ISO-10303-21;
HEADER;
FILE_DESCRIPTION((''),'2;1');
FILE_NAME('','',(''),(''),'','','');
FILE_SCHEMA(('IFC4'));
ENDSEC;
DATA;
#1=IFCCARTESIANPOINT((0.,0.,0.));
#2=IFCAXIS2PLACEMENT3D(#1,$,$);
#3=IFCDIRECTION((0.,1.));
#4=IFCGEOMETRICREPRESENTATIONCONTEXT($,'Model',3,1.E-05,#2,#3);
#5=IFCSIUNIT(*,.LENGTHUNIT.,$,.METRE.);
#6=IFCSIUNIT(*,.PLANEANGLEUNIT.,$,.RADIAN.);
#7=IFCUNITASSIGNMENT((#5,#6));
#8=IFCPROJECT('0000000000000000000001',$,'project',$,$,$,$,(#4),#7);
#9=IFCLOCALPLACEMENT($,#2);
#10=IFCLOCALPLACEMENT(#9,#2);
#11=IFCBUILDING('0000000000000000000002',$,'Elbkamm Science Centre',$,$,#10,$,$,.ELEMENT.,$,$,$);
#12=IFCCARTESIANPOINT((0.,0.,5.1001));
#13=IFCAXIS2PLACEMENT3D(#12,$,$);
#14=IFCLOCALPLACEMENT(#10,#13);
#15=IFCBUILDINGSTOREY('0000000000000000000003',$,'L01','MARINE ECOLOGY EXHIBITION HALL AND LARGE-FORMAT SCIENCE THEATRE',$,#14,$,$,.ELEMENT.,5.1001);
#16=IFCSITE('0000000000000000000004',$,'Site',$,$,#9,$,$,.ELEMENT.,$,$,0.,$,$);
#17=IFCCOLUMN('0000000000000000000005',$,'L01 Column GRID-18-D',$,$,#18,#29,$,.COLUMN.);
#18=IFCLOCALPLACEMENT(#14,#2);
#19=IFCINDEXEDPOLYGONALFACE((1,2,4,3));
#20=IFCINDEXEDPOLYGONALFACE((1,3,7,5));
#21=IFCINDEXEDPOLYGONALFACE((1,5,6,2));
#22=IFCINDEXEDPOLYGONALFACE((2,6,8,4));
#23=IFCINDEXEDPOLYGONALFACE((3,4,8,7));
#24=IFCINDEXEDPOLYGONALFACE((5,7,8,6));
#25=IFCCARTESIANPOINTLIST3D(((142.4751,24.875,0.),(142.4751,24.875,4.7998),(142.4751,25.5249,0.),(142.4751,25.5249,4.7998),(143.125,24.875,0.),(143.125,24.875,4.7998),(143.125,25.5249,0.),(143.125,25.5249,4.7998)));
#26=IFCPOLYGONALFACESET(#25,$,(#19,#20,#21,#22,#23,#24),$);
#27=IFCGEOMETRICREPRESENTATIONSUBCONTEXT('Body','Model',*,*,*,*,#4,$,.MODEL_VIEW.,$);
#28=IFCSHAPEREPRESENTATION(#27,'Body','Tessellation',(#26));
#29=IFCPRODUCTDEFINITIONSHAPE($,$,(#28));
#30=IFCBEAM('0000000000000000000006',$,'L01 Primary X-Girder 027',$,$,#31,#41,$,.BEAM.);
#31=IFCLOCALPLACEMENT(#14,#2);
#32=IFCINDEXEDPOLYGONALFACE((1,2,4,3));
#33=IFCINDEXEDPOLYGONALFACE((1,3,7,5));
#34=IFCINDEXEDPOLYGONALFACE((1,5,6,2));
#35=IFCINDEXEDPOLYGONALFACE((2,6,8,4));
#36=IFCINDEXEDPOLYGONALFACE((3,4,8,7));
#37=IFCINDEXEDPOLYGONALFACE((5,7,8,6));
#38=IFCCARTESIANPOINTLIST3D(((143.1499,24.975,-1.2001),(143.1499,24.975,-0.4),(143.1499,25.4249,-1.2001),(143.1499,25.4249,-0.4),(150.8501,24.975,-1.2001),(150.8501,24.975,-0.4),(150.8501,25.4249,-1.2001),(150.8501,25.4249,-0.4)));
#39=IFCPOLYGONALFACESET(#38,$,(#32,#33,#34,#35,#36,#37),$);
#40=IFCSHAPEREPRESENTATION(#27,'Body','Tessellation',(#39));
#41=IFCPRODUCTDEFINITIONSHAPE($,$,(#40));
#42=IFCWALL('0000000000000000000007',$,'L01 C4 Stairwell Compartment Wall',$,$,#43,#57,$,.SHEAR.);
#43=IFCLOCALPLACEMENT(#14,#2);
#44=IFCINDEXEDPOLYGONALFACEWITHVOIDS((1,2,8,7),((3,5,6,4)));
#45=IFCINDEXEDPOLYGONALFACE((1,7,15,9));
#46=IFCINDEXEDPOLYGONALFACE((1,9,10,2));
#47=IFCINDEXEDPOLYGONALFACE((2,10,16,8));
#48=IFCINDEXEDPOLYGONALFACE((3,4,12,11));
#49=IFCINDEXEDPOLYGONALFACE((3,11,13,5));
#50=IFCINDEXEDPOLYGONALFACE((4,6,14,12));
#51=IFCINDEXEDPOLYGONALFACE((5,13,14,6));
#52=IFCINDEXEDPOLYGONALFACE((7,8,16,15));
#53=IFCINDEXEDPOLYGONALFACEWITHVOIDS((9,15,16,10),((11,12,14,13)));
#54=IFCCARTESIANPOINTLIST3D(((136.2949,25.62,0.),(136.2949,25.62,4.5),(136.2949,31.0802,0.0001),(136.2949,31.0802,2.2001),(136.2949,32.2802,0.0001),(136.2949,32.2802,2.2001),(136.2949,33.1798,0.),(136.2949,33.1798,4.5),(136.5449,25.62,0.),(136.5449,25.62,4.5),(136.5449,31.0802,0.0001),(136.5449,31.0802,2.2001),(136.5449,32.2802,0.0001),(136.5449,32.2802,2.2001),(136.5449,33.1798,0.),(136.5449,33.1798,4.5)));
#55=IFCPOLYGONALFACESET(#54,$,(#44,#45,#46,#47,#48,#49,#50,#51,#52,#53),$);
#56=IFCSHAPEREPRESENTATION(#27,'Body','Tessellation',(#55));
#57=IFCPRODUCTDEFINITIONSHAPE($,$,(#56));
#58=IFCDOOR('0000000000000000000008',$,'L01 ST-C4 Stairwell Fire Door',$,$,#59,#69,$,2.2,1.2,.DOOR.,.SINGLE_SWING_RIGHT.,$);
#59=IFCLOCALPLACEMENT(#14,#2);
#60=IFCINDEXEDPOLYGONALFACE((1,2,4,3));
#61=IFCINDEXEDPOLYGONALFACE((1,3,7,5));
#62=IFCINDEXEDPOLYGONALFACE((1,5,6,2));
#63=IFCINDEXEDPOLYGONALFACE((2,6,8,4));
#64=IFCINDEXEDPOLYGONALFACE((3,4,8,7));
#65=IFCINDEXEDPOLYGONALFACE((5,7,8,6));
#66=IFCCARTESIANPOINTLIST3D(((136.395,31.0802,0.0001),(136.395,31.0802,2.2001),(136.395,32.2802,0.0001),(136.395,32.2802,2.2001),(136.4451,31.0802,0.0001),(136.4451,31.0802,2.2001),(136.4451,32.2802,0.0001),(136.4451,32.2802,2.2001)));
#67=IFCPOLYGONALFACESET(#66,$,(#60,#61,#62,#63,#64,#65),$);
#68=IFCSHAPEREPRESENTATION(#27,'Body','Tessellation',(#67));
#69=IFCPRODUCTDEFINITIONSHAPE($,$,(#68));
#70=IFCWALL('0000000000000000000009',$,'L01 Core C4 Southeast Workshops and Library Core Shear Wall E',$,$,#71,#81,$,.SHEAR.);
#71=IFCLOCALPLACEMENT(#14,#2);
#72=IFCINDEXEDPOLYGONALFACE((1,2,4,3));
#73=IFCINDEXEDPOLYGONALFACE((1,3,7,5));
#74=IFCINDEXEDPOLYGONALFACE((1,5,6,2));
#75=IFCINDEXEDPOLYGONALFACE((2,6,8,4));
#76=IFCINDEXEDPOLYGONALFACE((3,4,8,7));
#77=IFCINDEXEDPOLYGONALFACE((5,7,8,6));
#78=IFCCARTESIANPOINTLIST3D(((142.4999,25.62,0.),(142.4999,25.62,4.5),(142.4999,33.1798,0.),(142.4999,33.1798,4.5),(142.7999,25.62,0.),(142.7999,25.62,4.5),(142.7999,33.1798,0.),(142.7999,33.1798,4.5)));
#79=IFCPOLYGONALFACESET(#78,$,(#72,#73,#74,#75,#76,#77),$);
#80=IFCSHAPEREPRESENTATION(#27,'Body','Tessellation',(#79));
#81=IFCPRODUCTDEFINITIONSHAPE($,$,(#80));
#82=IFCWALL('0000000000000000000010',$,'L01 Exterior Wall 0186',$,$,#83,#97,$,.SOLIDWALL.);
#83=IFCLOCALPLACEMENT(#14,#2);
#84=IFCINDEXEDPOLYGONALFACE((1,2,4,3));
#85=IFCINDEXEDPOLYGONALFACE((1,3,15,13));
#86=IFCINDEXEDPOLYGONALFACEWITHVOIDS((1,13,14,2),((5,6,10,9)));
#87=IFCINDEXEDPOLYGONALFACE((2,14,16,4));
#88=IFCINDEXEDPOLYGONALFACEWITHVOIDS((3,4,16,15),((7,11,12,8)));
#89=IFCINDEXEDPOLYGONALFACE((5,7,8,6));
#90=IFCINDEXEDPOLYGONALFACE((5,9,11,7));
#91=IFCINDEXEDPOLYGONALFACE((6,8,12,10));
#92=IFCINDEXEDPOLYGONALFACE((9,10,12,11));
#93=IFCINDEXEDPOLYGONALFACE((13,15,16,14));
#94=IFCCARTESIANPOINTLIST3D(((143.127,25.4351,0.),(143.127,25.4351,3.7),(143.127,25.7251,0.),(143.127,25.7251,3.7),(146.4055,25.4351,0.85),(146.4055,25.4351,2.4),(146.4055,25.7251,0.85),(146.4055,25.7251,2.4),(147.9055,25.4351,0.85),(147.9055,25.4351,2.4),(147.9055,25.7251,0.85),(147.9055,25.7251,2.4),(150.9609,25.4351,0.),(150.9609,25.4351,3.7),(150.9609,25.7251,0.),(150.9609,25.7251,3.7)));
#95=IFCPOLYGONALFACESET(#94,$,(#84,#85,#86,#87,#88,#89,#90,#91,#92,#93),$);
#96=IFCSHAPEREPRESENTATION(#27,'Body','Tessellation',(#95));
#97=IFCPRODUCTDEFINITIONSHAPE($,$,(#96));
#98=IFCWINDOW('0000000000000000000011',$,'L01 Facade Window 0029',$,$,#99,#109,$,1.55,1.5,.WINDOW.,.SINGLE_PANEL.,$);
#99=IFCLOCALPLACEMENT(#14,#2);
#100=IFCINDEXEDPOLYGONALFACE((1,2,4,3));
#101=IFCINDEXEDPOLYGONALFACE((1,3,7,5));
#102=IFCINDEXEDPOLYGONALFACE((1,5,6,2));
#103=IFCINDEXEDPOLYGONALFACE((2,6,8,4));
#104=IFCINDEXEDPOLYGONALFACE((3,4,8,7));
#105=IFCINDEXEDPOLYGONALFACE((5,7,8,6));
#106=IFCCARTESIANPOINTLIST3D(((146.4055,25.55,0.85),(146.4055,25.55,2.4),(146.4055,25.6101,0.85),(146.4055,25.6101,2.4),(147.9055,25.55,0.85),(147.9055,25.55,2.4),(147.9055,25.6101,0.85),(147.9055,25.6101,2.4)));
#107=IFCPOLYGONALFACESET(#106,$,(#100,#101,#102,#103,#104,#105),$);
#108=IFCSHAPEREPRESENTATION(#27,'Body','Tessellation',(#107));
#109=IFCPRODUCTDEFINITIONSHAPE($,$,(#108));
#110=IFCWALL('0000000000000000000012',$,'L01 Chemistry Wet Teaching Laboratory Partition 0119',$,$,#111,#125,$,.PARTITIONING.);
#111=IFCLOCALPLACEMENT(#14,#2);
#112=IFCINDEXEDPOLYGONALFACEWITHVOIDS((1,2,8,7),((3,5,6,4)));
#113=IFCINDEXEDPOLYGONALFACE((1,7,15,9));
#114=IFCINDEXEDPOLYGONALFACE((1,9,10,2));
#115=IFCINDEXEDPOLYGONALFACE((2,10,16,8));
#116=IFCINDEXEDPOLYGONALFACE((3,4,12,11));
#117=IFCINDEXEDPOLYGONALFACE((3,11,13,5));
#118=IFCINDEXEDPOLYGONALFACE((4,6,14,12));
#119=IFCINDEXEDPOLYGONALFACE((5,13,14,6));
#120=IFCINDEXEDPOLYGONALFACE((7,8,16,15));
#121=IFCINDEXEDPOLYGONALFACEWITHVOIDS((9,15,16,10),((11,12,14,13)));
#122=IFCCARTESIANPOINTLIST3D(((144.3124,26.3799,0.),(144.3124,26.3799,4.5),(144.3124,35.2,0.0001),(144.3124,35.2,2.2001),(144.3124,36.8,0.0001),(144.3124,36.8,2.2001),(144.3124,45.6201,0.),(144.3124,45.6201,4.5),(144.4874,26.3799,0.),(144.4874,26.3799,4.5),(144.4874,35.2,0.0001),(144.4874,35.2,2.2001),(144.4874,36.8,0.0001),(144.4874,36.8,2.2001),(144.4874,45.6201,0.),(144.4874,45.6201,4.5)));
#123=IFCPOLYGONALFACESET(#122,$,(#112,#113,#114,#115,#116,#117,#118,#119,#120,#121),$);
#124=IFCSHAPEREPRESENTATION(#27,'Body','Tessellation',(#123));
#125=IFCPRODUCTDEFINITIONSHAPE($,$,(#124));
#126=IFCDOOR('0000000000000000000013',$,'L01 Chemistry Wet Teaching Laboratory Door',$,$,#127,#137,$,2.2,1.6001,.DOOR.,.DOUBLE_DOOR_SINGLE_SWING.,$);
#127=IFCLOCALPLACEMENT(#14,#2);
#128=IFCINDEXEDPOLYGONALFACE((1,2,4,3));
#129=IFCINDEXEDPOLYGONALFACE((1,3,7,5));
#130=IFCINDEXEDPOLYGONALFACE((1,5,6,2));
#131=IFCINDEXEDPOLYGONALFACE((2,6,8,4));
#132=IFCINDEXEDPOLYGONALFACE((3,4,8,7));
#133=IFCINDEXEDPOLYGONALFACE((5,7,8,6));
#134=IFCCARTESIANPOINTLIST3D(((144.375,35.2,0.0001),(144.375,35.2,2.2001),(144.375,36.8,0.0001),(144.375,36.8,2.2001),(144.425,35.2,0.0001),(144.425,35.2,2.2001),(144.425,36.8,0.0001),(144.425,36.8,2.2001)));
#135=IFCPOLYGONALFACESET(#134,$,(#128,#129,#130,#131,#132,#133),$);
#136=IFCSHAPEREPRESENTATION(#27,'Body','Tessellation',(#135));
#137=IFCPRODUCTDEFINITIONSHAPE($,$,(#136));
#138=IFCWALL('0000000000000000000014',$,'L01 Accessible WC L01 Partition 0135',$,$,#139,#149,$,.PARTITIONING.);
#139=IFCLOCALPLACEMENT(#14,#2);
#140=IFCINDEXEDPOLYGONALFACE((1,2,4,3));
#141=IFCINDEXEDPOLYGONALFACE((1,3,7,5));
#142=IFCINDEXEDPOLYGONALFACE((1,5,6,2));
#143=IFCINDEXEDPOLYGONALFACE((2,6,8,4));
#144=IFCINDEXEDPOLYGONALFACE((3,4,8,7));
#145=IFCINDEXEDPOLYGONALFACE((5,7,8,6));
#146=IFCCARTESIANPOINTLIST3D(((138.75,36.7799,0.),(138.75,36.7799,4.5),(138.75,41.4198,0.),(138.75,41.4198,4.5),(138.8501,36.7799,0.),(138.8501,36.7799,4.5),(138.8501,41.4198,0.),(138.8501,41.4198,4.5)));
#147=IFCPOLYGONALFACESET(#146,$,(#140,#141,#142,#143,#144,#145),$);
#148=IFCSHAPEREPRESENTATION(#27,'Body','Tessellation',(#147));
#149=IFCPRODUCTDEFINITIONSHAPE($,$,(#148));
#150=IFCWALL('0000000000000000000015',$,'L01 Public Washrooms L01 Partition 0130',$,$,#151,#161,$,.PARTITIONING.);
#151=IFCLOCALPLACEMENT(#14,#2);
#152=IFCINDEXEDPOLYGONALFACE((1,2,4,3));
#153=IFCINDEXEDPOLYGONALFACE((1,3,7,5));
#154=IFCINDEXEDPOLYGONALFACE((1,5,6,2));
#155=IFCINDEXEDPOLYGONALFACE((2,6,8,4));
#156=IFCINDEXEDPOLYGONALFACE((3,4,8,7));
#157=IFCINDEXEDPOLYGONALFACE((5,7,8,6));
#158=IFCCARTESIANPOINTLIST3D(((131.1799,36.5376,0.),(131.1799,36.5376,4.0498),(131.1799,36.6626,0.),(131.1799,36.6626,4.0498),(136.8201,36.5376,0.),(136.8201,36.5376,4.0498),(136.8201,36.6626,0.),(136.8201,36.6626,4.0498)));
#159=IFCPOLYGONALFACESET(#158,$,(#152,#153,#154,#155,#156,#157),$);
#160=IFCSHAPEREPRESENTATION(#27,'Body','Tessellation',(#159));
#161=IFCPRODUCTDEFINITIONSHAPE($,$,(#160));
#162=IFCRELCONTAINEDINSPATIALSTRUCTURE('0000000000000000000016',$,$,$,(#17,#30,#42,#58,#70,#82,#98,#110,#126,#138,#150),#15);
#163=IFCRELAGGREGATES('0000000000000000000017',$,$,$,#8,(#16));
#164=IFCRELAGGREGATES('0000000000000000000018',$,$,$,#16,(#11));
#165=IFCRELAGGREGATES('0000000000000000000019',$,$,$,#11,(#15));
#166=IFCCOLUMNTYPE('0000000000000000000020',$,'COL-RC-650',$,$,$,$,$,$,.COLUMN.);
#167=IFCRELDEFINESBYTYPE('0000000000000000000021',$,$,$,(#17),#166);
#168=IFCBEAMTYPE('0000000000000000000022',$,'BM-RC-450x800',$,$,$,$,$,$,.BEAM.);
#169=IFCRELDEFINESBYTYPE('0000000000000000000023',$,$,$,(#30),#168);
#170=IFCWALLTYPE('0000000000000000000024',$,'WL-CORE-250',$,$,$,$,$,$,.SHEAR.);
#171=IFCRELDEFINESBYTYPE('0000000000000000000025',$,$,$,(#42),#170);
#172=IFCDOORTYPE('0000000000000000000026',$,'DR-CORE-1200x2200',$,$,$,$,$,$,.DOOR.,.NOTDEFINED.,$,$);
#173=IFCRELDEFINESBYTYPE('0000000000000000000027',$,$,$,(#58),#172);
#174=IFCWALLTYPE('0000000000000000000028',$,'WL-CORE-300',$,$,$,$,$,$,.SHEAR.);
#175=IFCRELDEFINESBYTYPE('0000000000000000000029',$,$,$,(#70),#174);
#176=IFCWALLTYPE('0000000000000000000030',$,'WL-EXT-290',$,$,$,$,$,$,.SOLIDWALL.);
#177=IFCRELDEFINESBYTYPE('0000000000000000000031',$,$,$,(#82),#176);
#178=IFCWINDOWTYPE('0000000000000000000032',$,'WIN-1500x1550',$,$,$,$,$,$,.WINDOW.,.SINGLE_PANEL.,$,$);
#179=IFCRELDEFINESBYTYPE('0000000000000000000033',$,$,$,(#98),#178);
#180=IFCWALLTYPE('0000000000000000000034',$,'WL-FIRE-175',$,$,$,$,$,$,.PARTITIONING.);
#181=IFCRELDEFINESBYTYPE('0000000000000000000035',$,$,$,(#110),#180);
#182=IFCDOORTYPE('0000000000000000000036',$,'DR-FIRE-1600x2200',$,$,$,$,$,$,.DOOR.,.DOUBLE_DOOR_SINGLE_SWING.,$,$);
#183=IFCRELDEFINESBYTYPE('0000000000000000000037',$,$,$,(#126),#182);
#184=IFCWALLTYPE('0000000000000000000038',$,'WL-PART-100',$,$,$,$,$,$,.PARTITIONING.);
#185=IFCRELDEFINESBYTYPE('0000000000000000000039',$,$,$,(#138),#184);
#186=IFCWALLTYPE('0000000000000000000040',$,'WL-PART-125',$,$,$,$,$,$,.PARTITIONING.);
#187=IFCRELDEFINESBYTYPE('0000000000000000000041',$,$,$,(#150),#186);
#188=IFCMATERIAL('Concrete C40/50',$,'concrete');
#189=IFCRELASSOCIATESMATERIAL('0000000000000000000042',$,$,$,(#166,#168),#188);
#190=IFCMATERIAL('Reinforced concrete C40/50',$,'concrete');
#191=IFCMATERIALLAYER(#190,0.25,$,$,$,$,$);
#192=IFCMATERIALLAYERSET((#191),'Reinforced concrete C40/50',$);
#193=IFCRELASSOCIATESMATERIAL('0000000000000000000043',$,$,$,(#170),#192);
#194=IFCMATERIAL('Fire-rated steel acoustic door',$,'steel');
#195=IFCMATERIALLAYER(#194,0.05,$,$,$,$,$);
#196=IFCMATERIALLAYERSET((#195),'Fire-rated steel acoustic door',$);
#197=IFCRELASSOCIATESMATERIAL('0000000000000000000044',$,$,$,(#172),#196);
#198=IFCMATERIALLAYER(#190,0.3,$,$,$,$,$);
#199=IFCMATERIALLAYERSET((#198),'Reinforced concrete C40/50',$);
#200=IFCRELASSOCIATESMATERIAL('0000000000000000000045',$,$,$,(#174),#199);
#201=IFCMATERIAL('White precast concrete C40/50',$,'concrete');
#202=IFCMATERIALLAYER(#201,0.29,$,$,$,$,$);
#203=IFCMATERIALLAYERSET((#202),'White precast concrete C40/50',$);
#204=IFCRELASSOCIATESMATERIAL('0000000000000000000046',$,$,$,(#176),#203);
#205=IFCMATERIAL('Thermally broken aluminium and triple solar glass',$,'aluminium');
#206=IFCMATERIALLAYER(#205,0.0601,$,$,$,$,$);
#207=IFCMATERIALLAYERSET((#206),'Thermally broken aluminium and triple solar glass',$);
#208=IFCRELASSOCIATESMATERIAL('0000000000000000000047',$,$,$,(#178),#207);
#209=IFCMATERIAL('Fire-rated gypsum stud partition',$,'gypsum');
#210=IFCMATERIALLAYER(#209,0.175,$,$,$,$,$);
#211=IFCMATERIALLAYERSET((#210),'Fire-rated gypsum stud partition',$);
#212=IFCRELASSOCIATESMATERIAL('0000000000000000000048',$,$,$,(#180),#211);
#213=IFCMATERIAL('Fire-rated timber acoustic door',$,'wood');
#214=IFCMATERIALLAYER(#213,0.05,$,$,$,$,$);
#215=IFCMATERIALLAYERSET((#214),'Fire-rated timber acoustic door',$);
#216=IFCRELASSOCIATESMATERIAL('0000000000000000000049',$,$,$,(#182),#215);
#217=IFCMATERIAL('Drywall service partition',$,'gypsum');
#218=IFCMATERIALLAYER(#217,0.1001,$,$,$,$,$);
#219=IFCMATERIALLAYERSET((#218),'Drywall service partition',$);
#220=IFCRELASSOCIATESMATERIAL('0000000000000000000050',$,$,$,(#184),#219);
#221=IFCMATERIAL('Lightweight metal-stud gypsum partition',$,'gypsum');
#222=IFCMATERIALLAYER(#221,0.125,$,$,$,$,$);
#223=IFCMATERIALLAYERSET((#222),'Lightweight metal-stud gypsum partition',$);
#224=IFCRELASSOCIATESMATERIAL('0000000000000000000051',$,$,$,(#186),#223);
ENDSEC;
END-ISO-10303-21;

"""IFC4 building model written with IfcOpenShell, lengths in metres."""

from ifc_helpers import new_model, si_unit, direction, frame, frame_2d, origin, origin_2d, place, context, subcontext, project, spatial, rectangle, extrude, material, layer, layer_set, material_profile, profile_set, type_object, element, fill, save


model = new_model("IFC4")

# Units and contexts
model_context = context("Model", 3, precision=1e-05, world=origin(), true_north=direction((0.0, 1.0)))
body_context = subcontext(model_context, "Body", "Model", "MODEL_VIEW")
ifc_project = project(units=[si_unit("LENGTHUNIT", "METRE"), si_unit("PLANEANGLEUNIT", "RADIAN")], contexts=[model_context])

# Site, building, storey
site_placement = place(None, origin())
site = spatial("IfcSite", under=ifc_project, at=site_placement, Name="Site", CompositionType="ELEMENT", RefElevation=0.0)
building_placement = place(site_placement, origin())
building = spatial("IfcBuilding", under=site, at=building_placement, Name="Elbkamm Science Centre", CompositionType="ELEMENT")
storey_placement = place(building_placement, frame((0.0, 0.0, 5.1001)))
storey = spatial("IfcBuildingStorey", under=building, at=storey_placement, Name="L01", Description="MARINE ECOLOGY EXHIBITION HALL AND LARGE-FORMAT SCIENCE THEATRE", CompositionType="ELEMENT", Elevation=5.1001)

# Column
ifc_material_1 = material(Name="Concrete C40/50", Category="concrete")
ifc_material_profile_1 = material_profile(ifc_material_1, rectangle(XDim=0.6499, YDim=0.6499, at=origin_2d()), Name="RC 650x650")
ifc_profile_set_1 = profile_set([ifc_material_profile_1], Name="Concrete C40/50")
column_type = type_object("IfcColumnType", Name="COL-RC-650", PredefinedType="COLUMN", material=ifc_profile_set_1)
column_placement = place(storey_placement, frame((142.8, 25.2, 0.0), z_axis=(0.0, 0.0, 1.0), x_axis=(1.0, 0.0, 0.0)))
element("IfcColumn", 1, at=column_placement, inside=storey, type_object=column_type, Name="L01 Column GRID-18-D", PredefinedType="COLUMN", context=body_context, shape_type="SweptSolid", body=[
    extrude(rectangle(XDim=0.6499, YDim=0.6499, at=origin_2d()), origin(), (0.0, 0.0, 1.0), 4.7998),
])

# Beam
ifc_material_profile_2 = material_profile(ifc_material_1, rectangle(XDim=0.45, YDim=0.8, at=origin_2d()), Name="RC 450x800")
ifc_profile_set_2 = profile_set([ifc_material_profile_2], Name="Concrete C40/50")
beam_type = type_object("IfcBeamType", Name="BM-RC-450x800", PredefinedType="BEAM", material=ifc_profile_set_2)
beam_placement = place(storey_placement, frame((143.1499, 25.2, -0.8), z_axis=(1.0, 0.0, 0.0), x_axis=(0.0, 1.0, 0.0)))
element("IfcBeam", 2, at=beam_placement, inside=storey, type_object=beam_type, Name="L01 Primary X-Girder 027", PredefinedType="BEAM", context=body_context, shape_type="SweptSolid", body=[
    extrude(rectangle(XDim=0.45, YDim=0.8, at=origin_2d()), origin(), (0.0, 0.0, 1.0), 7.7002),
])

# Wall, opening, door
ifc_material_2 = material(Name="Reinforced concrete C40/50", Category="concrete")
ifc_layer_1 = layer(ifc_material_2, 0.25)
ifc_layer_set_1 = layer_set([ifc_layer_1], Name="Reinforced concrete C40/50")
wall_type_1 = type_object("IfcWallType", Name="WL-CORE-250", PredefinedType="SHEAR", material=ifc_layer_set_1)
wall_1_placement = place(storey_placement, frame((136.4199, 25.6201, 0.0), z_axis=(0.0, 0.0, 1.0), x_axis=(0.0, 1.0, 0.0)))
wall_1 = element("IfcWall", 3, at=wall_1_placement, inside=storey, type_object=wall_type_1, Name="L01 C4 Stairwell Compartment Wall", PredefinedType="SHEAR", context=body_context, shape_type="SweptSolid", body=[
    extrude(rectangle(XDim=7.5598, YDim=0.25, at=frame_2d((3.7798, 0.0))), origin(), (0.0, 0.0, 1.0), 4.5),
])
opening_1_placement = place(wall_1_placement, frame((5.46, 0.0, 0.0)))
opening_1 = element("IfcOpeningElement", 4, at=opening_1_placement, cuts=wall_1, PredefinedType="OPENING", context=body_context, shape_type="SweptSolid", body=[
    extrude(rectangle(XDim=1.2, YDim=2.2, at=frame_2d((0.6001, 1.1001))), frame((0.0, 0.137, 0.0), z_axis=(0.0, -1.0, 0.0), x_axis=(1.0, 0.0, 0.0)), (0.0, 0.0, 1.0), 0.2739),
])
ifc_material_3 = material(Name="Fire-rated steel acoustic door", Category="steel")
ifc_layer_2 = layer(ifc_material_3, 0.05)
ifc_layer_set_2 = layer_set([ifc_layer_2], Name="Fire-rated steel acoustic door")
door_type_1 = type_object("IfcDoorType", Name="DR-CORE-1200x2200", OperationType="NOTDEFINED", PredefinedType="DOOR", material=ifc_layer_set_2)
door_1_placement = place(opening_1_placement, origin())
door_1 = element("IfcDoor", 5, at=door_1_placement, inside=storey, type_object=door_type_1, Name="L01 ST-C4 Stairwell Fire Door", OperationType="SINGLE_SWING_RIGHT", OverallHeight=2.2, OverallWidth=1.2, PredefinedType="DOOR", context=body_context, shape_type="SweptSolid", body=[
    extrude(rectangle(XDim=1.2, YDim=2.2, at=frame_2d((0.6001, 1.1001))), frame((0.0, 0.0249, 0.0), z_axis=(0.0, -1.0, 0.0), x_axis=(1.0, 0.0, 0.0)), (0.0, 0.0, 1.0), 0.05),
])
fill(opening_1, door_1)

# Wall
ifc_layer_3 = layer(ifc_material_2, 0.3)
ifc_layer_set_3 = layer_set([ifc_layer_3], Name="Reinforced concrete C40/50")
wall_type_2 = type_object("IfcWallType", Name="WL-CORE-300", PredefinedType="SHEAR", material=ifc_layer_set_3)
wall_2_placement = place(storey_placement, frame((142.6499, 25.6201, 0.0), z_axis=(0.0, 0.0, 1.0), x_axis=(0.0, 1.0, 0.0)))
element("IfcWall", 6, at=wall_2_placement, inside=storey, type_object=wall_type_2, Name="L01 Core C4 Southeast Workshops and Library Core Shear Wall E", PredefinedType="SHEAR", context=body_context, shape_type="SweptSolid", body=[
    extrude(rectangle(XDim=7.5598, YDim=0.3, at=frame_2d((3.7798, 0.0))), origin(), (0.0, 0.0, 1.0), 4.5),
])

# Wall, opening, window
ifc_material_4 = material(Name="White precast concrete C40/50", Category="concrete")
ifc_layer_4 = layer(ifc_material_4, 0.29)
ifc_layer_set_4 = layer_set([ifc_layer_4], Name="White precast concrete C40/50")
wall_type_3 = type_object("IfcWallType", Name="WL-EXT-290", PredefinedType="SOLIDWALL", material=ifc_layer_set_4)
wall_3_placement = place(storey_placement, frame((150.9609, 25.5801, 0.0), z_axis=(0.0, 0.0, 1.0), x_axis=(-1.0, 0.0, 0.0)))
wall_3 = element("IfcWall", 7, at=wall_3_placement, inside=storey, type_object=wall_type_3, Name="L01 Exterior Wall 0186", PredefinedType="SOLIDWALL", context=body_context, shape_type="SweptSolid", body=[
    extrude(rectangle(XDim=7.834, YDim=0.29, at=frame_2d((3.917, 0.0))), origin(), (0.0, 0.0, 1.0), 3.7),
])
opening_2_placement = place(wall_3_placement, frame((3.0554, 0.0, 0.8501)))
opening_2 = element("IfcOpeningElement", 8, at=opening_2_placement, cuts=wall_3, PredefinedType="OPENING", context=body_context, shape_type="SweptSolid", body=[
    extrude(rectangle(XDim=1.5, YDim=1.55, at=frame_2d((0.75, 0.7749))), frame((0.0, 0.157, 0.0), z_axis=(0.0, -1.0, 0.0), x_axis=(1.0, 0.0, 0.0)), (0.0, 0.0, 1.0), 0.314),
])
ifc_material_5 = material(Name="Thermally broken aluminium and triple solar glass", Category="aluminium")
ifc_layer_5 = layer(ifc_material_5, 0.0601)
ifc_layer_set_5 = layer_set([ifc_layer_5], Name="Thermally broken aluminium and triple solar glass")
window_type = type_object("IfcWindowType", Name="WIN-1500x1550", PartitioningType="SINGLE_PANEL", PredefinedType="WINDOW", material=ifc_layer_set_5)
window_placement = place(opening_2_placement, origin())
window = element("IfcWindow", 9, at=window_placement, inside=storey, type_object=window_type, Name="L01 Facade Window 0029", OverallHeight=1.55, OverallWidth=1.5, PartitioningType="SINGLE_PANEL", PredefinedType="WINDOW", context=body_context, shape_type="SweptSolid", body=[
    extrude(rectangle(XDim=1.5, YDim=1.55, at=frame_2d((0.75, 0.7749))), frame((0.0, 0.03, 0.0), z_axis=(0.0, -1.0, 0.0), x_axis=(1.0, 0.0, 0.0)), (0.0, 0.0, 1.0), 0.0601),
])
fill(opening_2, window)

# Wall, opening, door
ifc_material_6 = material(Name="Fire-rated gypsum stud partition", Category="gypsum")
ifc_layer_6 = layer(ifc_material_6, 0.175)
ifc_layer_set_6 = layer_set([ifc_layer_6], Name="Fire-rated gypsum stud partition")
wall_type_4 = type_object("IfcWallType", Name="WL-FIRE-175", PredefinedType="PARTITIONING", material=ifc_layer_set_6)
wall_4_placement = place(storey_placement, frame((144.3999, 26.3799, 0.0), z_axis=(0.0, 0.0, 1.0), x_axis=(0.0, 1.0, 0.0)))
wall_4 = element("IfcWall", 10, at=wall_4_placement, inside=storey, type_object=wall_type_4, Name="L01 Chemistry Wet Teaching Laboratory Partition 0119", PredefinedType="PARTITIONING", context=body_context, shape_type="SweptSolid", body=[
    extrude(rectangle(XDim=19.2402, YDim=0.175, at=frame_2d((9.6201, 0.0))), origin(), (0.0, 0.0, 1.0), 4.5),
])
opening_3_placement = place(wall_4_placement, frame((8.8201, 0.0, 0.0)))
opening_3 = element("IfcOpeningElement", 11, at=opening_3_placement, cuts=wall_4, PredefinedType="OPENING", context=body_context, shape_type="SweptSolid", body=[
    extrude(rectangle(XDim=1.6001, YDim=2.2, at=frame_2d((0.8, 1.1001))), frame((0.0, 0.0996, 0.0), z_axis=(0.0, -1.0, 0.0), x_axis=(1.0, 0.0, 0.0)), (0.0, 0.0, 1.0), 0.199),
])
ifc_material_7 = material(Name="Fire-rated timber acoustic door", Category="wood")
ifc_layer_7 = layer(ifc_material_7, 0.05)
ifc_layer_set_7 = layer_set([ifc_layer_7], Name="Fire-rated timber acoustic door")
door_type_2 = type_object("IfcDoorType", Name="DR-FIRE-1600x2200", OperationType="DOUBLE_DOOR_SINGLE_SWING", PredefinedType="DOOR", material=ifc_layer_set_7)
door_2_placement = place(opening_3_placement, origin())
door_2 = element("IfcDoor", 12, at=door_2_placement, inside=storey, type_object=door_type_2, Name="L01 Chemistry Wet Teaching Laboratory Door", OperationType="DOUBLE_DOOR_SINGLE_SWING", OverallHeight=2.2, OverallWidth=1.6001, PredefinedType="DOOR", context=body_context, shape_type="SweptSolid", body=[
    extrude(rectangle(XDim=1.6001, YDim=2.2, at=frame_2d((0.8, 1.1001))), frame((0.0, 0.0249, 0.0), z_axis=(0.0, -1.0, 0.0), x_axis=(1.0, 0.0, 0.0)), (0.0, 0.0, 1.0), 0.05),
])
fill(opening_3, door_2)

# Walls
ifc_material_8 = material(Name="Drywall service partition", Category="gypsum")
ifc_layer_8 = layer(ifc_material_8, 0.1001)
ifc_layer_set_8 = layer_set([ifc_layer_8], Name="Drywall service partition")
wall_type_5 = type_object("IfcWallType", Name="WL-PART-100", PredefinedType="PARTITIONING", material=ifc_layer_set_8)
wall_5_placement = place(storey_placement, frame((138.8, 36.78, 0.0), z_axis=(0.0, 0.0, 1.0), x_axis=(0.0, 1.0, 0.0)))
element("IfcWall", 13, at=wall_5_placement, inside=storey, type_object=wall_type_5, Name="L01 Accessible WC L01 Partition 0135", PredefinedType="PARTITIONING", context=body_context, shape_type="SweptSolid", body=[
    extrude(rectangle(XDim=4.6399, YDim=0.1001, at=frame_2d((2.3198, 0.0))), origin(), (0.0, 0.0, 1.0), 4.5),
])
ifc_material_9 = material(Name="Lightweight metal-stud gypsum partition", Category="gypsum")
ifc_layer_9 = layer(ifc_material_9, 0.125)
ifc_layer_set_9 = layer_set([ifc_layer_9], Name="Lightweight metal-stud gypsum partition")
wall_type_6 = type_object("IfcWallType", Name="WL-PART-125", PredefinedType="PARTITIONING", material=ifc_layer_set_9)
wall_6_placement = place(storey_placement, frame((136.8201, 36.6001, 0.0), z_axis=(0.0, 0.0, 1.0), x_axis=(-1.0, 0.0, 0.0)))
element("IfcWall", 14, at=wall_6_placement, inside=storey, type_object=wall_type_6, Name="L01 Public Washrooms L01 Partition 0130", PredefinedType="PARTITIONING", context=body_context, shape_type="SweptSolid", body=[
    extrude(rectangle(XDim=5.6401, YDim=0.125, at=frame_2d((2.8201, 0.0))), origin(), (0.0, 0.0, 1.0), 4.0498),
])

save(model, "model.ifc")
